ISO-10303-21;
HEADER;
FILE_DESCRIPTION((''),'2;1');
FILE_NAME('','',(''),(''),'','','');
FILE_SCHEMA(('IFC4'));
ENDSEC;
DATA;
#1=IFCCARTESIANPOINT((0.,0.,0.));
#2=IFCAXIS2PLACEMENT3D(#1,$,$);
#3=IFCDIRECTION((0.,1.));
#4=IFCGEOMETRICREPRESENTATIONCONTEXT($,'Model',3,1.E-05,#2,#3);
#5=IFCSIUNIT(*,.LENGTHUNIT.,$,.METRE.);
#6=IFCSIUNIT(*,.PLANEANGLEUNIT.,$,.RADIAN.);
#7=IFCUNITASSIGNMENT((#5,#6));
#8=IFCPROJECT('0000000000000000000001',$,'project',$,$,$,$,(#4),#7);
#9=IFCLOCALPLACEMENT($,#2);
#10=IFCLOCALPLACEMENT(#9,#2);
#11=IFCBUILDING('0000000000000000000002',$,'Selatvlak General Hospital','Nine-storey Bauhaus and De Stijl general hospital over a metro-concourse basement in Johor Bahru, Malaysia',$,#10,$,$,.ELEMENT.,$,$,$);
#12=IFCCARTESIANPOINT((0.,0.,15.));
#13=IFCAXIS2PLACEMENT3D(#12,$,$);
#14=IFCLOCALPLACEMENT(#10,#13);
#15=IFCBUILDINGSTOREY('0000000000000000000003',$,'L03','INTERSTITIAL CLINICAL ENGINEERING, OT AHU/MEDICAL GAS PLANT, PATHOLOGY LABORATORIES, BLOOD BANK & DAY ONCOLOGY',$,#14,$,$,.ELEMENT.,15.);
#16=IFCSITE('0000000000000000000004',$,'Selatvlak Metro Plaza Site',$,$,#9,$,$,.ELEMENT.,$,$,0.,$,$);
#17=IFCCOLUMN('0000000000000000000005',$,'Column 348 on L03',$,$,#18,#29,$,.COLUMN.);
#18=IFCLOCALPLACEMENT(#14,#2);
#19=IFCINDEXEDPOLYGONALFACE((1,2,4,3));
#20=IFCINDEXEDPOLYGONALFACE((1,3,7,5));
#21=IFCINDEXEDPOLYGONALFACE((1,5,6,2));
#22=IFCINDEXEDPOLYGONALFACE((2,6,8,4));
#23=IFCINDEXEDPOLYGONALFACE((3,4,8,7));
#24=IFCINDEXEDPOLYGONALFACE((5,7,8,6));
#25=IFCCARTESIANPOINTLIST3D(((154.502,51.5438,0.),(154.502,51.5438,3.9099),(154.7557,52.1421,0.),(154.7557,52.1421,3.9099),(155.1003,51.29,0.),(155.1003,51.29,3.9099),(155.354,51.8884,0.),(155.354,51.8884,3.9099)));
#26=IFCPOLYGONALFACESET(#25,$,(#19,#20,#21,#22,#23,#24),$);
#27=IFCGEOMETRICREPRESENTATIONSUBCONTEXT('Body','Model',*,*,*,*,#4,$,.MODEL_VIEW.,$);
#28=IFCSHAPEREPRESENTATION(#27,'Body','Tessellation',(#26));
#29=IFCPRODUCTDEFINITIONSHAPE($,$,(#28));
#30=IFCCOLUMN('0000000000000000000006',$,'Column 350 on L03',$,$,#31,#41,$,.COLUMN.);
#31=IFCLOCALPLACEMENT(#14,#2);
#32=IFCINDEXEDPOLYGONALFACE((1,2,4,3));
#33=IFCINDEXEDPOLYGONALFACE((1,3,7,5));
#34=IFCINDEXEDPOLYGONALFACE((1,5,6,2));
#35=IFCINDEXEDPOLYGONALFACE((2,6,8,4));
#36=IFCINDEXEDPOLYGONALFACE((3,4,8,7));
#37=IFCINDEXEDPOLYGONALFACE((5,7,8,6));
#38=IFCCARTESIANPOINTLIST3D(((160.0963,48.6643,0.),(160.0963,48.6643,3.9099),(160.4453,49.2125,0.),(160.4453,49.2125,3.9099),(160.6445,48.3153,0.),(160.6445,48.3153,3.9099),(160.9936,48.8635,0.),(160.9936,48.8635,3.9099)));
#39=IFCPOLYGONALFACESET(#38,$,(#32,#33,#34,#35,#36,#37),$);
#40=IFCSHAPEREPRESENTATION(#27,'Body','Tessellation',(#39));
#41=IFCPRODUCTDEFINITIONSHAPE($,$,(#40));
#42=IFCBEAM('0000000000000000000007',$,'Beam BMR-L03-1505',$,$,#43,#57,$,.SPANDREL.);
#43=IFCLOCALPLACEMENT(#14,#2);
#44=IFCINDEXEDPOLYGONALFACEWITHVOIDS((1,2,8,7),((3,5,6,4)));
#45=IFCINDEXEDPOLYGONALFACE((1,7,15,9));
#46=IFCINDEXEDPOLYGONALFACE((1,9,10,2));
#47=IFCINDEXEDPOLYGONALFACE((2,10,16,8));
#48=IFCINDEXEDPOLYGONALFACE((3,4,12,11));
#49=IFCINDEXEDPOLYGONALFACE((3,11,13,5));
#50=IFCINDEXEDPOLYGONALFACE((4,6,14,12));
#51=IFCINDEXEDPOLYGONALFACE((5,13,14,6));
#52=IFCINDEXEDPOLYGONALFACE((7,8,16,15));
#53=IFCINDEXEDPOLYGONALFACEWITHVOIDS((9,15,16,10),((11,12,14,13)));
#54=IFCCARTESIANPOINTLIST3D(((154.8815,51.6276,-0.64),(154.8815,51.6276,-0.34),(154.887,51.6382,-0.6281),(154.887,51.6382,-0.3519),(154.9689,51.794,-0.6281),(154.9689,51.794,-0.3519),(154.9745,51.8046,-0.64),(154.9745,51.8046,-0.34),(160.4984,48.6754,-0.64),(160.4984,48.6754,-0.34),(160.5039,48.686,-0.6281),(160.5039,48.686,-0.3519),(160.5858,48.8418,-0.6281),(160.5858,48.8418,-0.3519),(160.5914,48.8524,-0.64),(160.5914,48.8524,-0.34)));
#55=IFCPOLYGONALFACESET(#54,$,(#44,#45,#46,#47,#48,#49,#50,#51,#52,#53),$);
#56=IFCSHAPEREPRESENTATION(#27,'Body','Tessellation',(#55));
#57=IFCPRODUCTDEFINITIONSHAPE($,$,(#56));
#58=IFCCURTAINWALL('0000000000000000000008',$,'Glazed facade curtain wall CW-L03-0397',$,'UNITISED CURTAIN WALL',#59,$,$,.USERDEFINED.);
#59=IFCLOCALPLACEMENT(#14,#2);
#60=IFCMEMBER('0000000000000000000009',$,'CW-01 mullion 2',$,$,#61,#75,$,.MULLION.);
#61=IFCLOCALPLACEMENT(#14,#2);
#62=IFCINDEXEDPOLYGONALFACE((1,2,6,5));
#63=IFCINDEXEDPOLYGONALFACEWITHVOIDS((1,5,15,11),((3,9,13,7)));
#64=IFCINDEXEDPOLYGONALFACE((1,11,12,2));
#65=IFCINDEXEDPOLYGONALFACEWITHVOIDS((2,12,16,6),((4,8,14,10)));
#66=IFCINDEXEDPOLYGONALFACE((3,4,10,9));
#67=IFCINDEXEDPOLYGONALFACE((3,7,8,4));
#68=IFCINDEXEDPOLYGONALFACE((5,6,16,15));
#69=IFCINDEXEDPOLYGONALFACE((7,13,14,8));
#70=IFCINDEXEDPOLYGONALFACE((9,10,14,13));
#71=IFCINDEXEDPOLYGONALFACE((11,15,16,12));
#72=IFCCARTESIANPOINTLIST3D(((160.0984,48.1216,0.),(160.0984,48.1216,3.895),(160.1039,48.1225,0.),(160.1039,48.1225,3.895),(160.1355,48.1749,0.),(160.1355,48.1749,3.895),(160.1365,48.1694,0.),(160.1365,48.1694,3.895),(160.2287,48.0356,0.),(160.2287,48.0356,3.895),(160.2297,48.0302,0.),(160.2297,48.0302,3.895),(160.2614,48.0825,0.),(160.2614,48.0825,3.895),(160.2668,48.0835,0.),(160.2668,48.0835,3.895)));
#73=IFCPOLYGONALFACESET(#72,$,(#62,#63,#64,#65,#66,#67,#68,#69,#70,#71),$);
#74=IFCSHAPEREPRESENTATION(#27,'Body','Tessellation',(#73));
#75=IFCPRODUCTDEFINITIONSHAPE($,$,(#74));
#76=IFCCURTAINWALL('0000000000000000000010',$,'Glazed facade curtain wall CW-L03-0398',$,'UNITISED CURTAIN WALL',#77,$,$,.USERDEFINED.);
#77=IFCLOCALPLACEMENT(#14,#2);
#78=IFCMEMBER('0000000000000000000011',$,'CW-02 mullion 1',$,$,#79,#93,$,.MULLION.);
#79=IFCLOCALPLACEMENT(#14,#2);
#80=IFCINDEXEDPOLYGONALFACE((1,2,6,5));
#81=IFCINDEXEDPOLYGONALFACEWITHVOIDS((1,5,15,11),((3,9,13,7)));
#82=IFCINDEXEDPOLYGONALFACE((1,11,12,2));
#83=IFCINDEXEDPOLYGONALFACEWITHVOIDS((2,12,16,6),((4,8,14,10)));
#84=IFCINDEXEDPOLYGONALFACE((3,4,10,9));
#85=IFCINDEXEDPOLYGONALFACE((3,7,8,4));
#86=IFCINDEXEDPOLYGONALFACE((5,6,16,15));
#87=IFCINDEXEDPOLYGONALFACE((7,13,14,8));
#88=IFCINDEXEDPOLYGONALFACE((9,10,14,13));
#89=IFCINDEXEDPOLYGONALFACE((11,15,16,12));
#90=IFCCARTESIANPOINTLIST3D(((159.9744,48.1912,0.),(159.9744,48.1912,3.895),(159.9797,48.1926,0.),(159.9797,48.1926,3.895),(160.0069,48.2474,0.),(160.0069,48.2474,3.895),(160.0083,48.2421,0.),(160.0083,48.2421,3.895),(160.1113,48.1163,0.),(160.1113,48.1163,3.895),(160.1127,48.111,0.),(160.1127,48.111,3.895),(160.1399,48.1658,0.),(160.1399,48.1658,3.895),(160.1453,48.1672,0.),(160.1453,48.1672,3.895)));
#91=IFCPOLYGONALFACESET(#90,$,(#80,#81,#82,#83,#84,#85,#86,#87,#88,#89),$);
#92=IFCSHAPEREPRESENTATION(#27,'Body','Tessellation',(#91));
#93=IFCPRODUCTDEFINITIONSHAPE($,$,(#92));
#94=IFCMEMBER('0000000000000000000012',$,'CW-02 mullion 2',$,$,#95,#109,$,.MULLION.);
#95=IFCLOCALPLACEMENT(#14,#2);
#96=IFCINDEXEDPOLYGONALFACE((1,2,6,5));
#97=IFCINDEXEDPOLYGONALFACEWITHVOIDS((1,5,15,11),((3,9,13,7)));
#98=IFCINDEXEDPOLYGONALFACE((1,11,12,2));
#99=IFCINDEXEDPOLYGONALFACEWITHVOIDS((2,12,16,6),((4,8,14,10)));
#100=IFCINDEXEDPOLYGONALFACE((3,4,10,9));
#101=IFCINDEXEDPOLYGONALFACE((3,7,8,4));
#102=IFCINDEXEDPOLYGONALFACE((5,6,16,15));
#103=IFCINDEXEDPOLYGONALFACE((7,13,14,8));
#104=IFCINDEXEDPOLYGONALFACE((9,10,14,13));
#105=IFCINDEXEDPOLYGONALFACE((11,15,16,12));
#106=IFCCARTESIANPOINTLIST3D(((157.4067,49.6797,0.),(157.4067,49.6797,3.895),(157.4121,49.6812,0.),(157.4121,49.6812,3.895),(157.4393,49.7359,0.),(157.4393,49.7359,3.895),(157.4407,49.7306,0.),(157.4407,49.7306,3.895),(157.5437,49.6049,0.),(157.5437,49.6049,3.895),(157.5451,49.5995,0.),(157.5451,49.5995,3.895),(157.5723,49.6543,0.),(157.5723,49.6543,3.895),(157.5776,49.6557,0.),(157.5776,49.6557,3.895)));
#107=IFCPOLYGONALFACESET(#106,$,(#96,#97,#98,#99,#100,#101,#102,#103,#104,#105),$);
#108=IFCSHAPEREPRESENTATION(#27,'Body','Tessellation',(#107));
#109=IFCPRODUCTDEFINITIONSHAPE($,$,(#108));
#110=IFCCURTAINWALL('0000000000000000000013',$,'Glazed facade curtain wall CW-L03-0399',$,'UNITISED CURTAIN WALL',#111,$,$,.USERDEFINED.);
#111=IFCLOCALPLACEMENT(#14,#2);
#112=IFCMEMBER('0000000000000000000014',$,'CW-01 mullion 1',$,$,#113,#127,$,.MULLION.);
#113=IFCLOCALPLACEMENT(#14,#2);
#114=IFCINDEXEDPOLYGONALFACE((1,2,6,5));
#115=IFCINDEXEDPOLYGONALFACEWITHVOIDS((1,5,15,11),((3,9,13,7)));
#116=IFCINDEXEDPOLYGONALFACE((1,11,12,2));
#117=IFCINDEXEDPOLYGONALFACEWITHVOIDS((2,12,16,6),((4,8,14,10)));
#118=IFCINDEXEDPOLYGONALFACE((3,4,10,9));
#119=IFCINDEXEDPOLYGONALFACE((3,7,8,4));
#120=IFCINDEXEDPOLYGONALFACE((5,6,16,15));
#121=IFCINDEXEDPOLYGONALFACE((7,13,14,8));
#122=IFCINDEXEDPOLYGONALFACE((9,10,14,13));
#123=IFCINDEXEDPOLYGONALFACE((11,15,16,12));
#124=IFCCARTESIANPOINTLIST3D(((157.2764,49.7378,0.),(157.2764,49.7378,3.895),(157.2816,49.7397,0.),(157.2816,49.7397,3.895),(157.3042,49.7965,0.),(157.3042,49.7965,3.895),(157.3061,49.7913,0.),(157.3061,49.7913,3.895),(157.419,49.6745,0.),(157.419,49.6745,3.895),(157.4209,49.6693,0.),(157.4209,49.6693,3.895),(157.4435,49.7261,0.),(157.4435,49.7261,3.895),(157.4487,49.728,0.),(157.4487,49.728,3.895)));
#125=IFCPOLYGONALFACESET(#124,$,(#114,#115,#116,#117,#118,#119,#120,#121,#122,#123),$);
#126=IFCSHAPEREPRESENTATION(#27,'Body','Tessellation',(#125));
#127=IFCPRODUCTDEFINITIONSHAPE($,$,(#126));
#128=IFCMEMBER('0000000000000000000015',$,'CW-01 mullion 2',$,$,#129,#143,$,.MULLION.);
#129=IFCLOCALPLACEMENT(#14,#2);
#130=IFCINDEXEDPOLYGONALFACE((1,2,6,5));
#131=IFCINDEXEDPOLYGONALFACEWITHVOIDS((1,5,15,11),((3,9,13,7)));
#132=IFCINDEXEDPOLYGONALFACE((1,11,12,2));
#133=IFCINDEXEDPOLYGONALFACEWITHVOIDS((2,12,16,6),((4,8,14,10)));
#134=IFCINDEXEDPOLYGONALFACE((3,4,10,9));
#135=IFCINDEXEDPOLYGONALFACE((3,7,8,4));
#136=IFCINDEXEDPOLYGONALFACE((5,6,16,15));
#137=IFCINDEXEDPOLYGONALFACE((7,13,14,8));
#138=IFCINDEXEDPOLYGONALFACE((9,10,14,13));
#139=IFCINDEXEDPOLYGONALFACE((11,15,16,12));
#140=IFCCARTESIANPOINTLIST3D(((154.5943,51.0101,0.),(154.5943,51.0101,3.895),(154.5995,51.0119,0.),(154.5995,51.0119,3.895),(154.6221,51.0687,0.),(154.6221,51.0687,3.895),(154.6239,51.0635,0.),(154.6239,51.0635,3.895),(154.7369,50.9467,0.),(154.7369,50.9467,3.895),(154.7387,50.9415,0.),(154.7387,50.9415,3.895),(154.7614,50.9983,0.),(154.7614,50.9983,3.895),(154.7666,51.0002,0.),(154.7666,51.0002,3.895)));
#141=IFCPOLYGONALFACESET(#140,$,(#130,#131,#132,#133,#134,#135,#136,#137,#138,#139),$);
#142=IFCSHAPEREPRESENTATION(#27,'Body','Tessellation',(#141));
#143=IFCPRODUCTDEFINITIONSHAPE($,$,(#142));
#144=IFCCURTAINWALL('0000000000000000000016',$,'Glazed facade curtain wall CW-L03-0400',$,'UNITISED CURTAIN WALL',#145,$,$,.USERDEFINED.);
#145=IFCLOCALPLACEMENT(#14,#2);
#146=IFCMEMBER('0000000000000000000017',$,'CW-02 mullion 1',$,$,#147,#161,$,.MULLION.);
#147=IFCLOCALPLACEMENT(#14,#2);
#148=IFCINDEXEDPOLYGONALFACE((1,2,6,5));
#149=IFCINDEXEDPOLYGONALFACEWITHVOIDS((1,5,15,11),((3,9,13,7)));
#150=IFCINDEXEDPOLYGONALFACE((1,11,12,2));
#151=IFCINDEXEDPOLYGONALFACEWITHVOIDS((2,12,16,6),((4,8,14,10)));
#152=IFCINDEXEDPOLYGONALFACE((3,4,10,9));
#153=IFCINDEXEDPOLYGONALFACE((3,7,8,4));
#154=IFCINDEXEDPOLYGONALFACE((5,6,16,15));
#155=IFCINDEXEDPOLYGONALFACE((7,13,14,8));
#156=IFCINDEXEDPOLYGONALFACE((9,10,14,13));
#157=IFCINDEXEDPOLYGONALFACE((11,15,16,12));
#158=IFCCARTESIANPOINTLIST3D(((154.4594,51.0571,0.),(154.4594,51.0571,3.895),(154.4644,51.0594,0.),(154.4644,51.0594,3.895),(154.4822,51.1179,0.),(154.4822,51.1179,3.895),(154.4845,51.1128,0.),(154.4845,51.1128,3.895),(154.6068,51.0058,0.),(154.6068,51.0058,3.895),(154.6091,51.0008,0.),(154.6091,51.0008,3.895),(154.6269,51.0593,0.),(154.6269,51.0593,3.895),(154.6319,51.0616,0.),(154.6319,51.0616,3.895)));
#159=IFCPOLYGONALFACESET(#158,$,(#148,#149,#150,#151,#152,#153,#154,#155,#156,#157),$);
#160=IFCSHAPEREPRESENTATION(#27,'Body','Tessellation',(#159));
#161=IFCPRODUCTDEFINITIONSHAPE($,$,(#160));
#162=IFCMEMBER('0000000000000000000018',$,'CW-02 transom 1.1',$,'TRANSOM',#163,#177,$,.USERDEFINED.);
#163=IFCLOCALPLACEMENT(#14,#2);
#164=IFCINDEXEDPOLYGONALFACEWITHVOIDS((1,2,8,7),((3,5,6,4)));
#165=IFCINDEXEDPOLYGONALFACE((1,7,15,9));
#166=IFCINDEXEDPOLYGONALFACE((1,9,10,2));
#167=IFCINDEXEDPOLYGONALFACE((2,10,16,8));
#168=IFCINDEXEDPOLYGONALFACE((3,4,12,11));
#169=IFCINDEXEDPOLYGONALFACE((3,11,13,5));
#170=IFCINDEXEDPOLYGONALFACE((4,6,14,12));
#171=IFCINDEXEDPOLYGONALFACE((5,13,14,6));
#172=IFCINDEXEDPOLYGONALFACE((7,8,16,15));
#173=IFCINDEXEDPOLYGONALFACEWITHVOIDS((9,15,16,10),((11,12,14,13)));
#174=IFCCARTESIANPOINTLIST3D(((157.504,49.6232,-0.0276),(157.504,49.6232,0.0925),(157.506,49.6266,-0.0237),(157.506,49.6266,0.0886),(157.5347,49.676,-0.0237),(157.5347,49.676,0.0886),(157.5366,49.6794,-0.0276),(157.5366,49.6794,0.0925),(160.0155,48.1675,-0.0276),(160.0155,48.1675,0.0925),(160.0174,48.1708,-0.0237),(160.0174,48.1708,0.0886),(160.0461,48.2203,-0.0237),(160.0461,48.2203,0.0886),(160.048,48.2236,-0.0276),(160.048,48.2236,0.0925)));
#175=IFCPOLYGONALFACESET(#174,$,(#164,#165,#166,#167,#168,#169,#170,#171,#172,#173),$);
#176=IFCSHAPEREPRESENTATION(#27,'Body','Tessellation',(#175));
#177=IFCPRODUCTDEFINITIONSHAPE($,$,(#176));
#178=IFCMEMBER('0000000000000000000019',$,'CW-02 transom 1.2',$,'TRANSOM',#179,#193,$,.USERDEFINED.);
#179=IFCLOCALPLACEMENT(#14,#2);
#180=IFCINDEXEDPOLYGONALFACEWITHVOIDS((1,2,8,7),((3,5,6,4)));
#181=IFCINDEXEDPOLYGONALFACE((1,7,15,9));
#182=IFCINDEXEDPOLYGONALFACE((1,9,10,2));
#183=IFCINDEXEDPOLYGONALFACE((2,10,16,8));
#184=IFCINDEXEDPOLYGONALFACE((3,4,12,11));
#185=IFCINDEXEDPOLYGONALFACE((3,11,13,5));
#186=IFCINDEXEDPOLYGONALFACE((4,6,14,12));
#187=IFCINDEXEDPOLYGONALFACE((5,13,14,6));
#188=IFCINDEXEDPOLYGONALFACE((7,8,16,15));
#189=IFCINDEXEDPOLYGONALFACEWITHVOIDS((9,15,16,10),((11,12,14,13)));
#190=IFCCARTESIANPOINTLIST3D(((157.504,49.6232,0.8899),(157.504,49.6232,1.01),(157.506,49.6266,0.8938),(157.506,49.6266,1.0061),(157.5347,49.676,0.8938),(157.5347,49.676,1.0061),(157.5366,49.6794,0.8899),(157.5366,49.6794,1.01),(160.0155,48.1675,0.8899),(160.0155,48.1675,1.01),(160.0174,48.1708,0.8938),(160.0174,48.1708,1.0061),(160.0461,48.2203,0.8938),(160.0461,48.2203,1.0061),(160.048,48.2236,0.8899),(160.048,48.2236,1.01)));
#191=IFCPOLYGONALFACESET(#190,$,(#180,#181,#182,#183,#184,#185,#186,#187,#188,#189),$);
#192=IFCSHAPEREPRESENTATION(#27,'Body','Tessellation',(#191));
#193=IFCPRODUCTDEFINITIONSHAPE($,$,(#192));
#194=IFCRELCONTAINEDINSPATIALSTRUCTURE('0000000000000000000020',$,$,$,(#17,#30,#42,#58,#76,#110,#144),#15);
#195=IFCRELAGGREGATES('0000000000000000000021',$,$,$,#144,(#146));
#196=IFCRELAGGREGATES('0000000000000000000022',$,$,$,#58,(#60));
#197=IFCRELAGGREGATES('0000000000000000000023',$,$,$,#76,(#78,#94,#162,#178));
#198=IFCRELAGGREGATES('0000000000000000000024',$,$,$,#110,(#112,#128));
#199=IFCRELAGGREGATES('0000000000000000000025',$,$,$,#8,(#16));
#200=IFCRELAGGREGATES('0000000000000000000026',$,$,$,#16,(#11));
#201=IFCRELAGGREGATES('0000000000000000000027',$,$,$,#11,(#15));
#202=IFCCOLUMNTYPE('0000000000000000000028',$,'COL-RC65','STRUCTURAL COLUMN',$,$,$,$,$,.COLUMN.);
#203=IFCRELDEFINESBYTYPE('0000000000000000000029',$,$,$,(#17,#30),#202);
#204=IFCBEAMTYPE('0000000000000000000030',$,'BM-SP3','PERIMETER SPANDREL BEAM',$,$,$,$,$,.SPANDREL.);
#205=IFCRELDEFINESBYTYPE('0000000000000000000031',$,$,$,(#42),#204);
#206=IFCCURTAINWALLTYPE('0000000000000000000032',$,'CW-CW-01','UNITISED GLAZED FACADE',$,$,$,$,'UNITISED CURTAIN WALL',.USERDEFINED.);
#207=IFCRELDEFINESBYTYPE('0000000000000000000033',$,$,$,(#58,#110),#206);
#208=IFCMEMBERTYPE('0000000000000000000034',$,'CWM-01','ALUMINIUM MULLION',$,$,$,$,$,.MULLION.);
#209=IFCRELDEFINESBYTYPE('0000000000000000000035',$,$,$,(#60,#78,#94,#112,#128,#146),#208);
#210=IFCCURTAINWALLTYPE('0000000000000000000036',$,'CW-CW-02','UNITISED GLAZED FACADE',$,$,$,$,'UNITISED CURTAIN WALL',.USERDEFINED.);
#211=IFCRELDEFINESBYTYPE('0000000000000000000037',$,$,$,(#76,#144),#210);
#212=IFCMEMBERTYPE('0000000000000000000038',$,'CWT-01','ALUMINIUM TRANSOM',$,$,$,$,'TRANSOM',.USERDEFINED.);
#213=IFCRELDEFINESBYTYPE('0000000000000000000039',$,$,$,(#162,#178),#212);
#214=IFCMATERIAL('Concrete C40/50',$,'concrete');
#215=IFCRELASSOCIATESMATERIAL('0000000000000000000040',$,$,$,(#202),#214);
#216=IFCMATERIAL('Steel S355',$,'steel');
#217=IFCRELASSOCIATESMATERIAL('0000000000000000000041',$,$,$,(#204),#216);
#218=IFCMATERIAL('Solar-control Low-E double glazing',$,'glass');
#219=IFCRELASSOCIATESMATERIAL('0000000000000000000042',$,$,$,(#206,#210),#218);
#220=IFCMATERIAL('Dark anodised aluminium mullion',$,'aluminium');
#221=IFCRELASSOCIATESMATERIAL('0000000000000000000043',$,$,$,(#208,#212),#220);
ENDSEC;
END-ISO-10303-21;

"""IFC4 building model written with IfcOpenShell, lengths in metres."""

from ifc_helpers import new_model, si_unit, direction, frame, origin, origin_2d, place, context, subcontext, project, spatial, rectangle, hollow_rectangle, extrude, material, material_profile, profile_set, type_object, element, aggregate, save


model = new_model("IFC4")

# Units and contexts
model_context = context("Model", 3, precision=1e-05, world=origin(), true_north=direction((0.0, 1.0)))
body_context = subcontext(model_context, "Body", "Model", "MODEL_VIEW")
ifc_project = project(units=[si_unit("LENGTHUNIT", "METRE"), si_unit("PLANEANGLEUNIT", "RADIAN")], contexts=[model_context])

# Site, building, storey
site_placement = place(None, origin())
site = spatial("IfcSite", under=ifc_project, at=site_placement, Name="Selatvlak Metro Plaza Site", CompositionType="ELEMENT", RefElevation=0.0)
building_placement = place(site_placement, origin())
building = spatial("IfcBuilding", under=site, at=building_placement, Name="Selatvlak General Hospital", Description="Nine-storey Bauhaus and De Stijl general hospital over a metro-concourse basement in Johor Bahru, Malaysia", CompositionType="ELEMENT")
storey_placement = place(building_placement, frame((0.0, 0.0, 15.0)))
storey = spatial("IfcBuildingStorey", under=building, at=storey_placement, Name="L03", Description="INTERSTITIAL CLINICAL ENGINEERING, OT AHU/MEDICAL GAS PLANT, PATHOLOGY LABORATORIES, BLOOD BANK & DAY ONCOLOGY", CompositionType="ELEMENT", Elevation=15.0)

# Columns
ifc_material_1 = material(Name="Concrete C40/50", Category="concrete")
ifc_material_profile_1 = material_profile(ifc_material_1, rectangle(XDim=0.6499, YDim=0.6499, at=origin_2d()), Name="RC-COL 650x650")
ifc_profile_set_1 = profile_set([ifc_material_profile_1], Name="Concrete C40/50")
column_type = type_object("IfcColumnType", Name="COL-RC65", Description="STRUCTURAL COLUMN", PredefinedType="COLUMN", material=ifc_profile_set_1)
for number, where, z_axis, x_axis, name in (
    (1, (154.928, 51.7161, 0.0), (0.0, 0.0, 1.0), (0.390394, 0.920648, 0.0), "Column 348 on L03"),
    (2, (160.5449, 48.7639, 0.0), (0.0, 0.0, 1.0), (0.537064, 0.843541, 0.0), "Column 350 on L03"),
):
    element("IfcColumn", number, at=place(storey_placement, frame(where, z_axis=z_axis, x_axis=x_axis)), inside=storey, type_object=column_type, Name=name, PredefinedType="COLUMN", context=body_context, shape_type="SweptSolid", body=[
        extrude(rectangle(XDim=0.6499, YDim=0.6499, at=origin_2d()), origin(), (0.0, 0.0, 1.0), 3.9099),
    ])

# Beam
ifc_material_2 = material(Name="Steel S355", Category="steel")
ifc_material_profile_2 = material_profile(ifc_material_2, hollow_rectangle(XDim=0.2, YDim=0.3, WallThickness=0.012, at=origin_2d()), Name="RHS 300x200x12")
ifc_profile_set_2 = profile_set([ifc_material_profile_2], Name="Steel S355")
beam_type = type_object("IfcBeamType", Name="BM-SP3", Description="PERIMETER SPANDREL BEAM", PredefinedType="SPANDREL", material=ifc_profile_set_2)
beam_placement = place(storey_placement, frame((154.928, 51.7161, -0.49), z_axis=(0.885187, -0.465236, 0.0), x_axis=(0.465236, 0.885187, 0.0)))
element("IfcBeam", 3, at=beam_placement, inside=storey, type_object=beam_type, Name="Beam BMR-L03-1505", PredefinedType="SPANDREL", context=body_context, shape_type="SweptSolid", body=[
    extrude(hollow_rectangle(XDim=0.2, YDim=0.3, WallThickness=0.012, at=origin_2d()), origin(), (0.0, 0.0, 1.0), 6.3455),
])

# Curtain wall, member
ifc_material_3 = material(Name="Solar-control Low-E double glazing", Category="glass")
curtain_wall_type_1 = type_object("IfcCurtainWallType", Name="CW-CW-01", Description="UNITISED GLAZED FACADE", ElementType="UNITISED CURTAIN WALL", PredefinedType="USERDEFINED", material=ifc_material_3)
curtain_wall_1_placement = place(storey_placement, origin())
curtain_wall_1 = element("IfcCurtainWall", 4, at=curtain_wall_1_placement, inside=storey, type_object=curtain_wall_type_1, Name="Glazed facade curtain wall CW-L03-0397", ObjectType="UNITISED CURTAIN WALL", PredefinedType="USERDEFINED")
ifc_material_4 = material(Name="Dark anodised aluminium mullion", Category="aluminium")
ifc_material_profile_3 = material_profile(ifc_material_4, hollow_rectangle(XDim=0.0649, YDim=0.1599, WallThickness=0.0039, at=origin_2d()), Name="AL-MUL 65x160x4")
ifc_profile_set_3 = profile_set([ifc_material_profile_3], Name="Dark anodised aluminium mullion")
member_type_1 = type_object("IfcMemberType", Name="CWM-01", Description="ALUMINIUM MULLION", PredefinedType="MULLION", material=ifc_profile_set_3)
member_1_placement = place(storey_placement, frame((160.1826, 48.1025, 0.0), z_axis=(0.0, 0.0, 1.0), x_axis=(-0.571335, -0.820717, 0.0)))
member_1 = element("IfcMember", 5, at=member_1_placement, type_object=member_type_1, Name="CW-01 mullion 2", PredefinedType="MULLION", context=body_context, shape_type="SweptSolid", body=[
    extrude(hollow_rectangle(XDim=0.0649, YDim=0.1599, WallThickness=0.0039, at=origin_2d()), origin(), (0.0, 0.0, 1.0), 3.895),
])

# Curtain walls, members
curtain_wall_type_2 = type_object("IfcCurtainWallType", Name="CW-CW-02", Description="UNITISED GLAZED FACADE", ElementType="UNITISED CURTAIN WALL", PredefinedType="USERDEFINED", material=ifc_material_3)
curtain_wall_2_placement = place(storey_placement, origin())
curtain_wall_2 = element("IfcCurtainWall", 6, at=curtain_wall_2_placement, inside=storey, type_object=curtain_wall_type_2, Name="Glazed facade curtain wall CW-L03-0398", ObjectType="UNITISED CURTAIN WALL", PredefinedType="USERDEFINED")
member_2_placement = place(storey_placement, frame((160.0598, 48.1792, 0.0), z_axis=(0.0, 0.0, 1.0), x_axis=(-0.501491, -0.865163, 0.0)))
member_2 = element("IfcMember", 7, at=member_2_placement, type_object=member_type_1, Name="CW-02 mullion 1", PredefinedType="MULLION", context=body_context, shape_type="SweptSolid", body=[
    extrude(hollow_rectangle(XDim=0.0649, YDim=0.1599, WallThickness=0.0039, at=origin_2d()), origin(), (0.0, 0.0, 1.0), 3.895),
])
member_3_placement = place(storey_placement, frame((157.4922, 49.6677, 0.0), z_axis=(0.0, 0.0, 1.0), x_axis=(-0.501491, -0.865163, 0.0)))
member_3 = element("IfcMember", 8, at=member_3_placement, type_object=member_type_1, Name="CW-02 mullion 2", PredefinedType="MULLION", context=body_context, shape_type="SweptSolid", body=[
    extrude(hollow_rectangle(XDim=0.0649, YDim=0.1599, WallThickness=0.0039, at=origin_2d()), origin(), (0.0, 0.0, 1.0), 3.895),
])
curtain_wall_3_placement = place(storey_placement, origin())
curtain_wall_3 = element("IfcCurtainWall", 9, at=curtain_wall_3_placement, inside=storey, type_object=curtain_wall_type_1, Name="Glazed facade curtain wall CW-L03-0399", ObjectType="UNITISED CURTAIN WALL", PredefinedType="USERDEFINED")
member_4_placement = place(storey_placement, frame((157.3625, 49.7329, 0.0), z_axis=(0.0, 0.0, 1.0), x_axis=(-0.428526, -0.90353, 0.0)))
member_4 = element("IfcMember", 10, at=member_4_placement, type_object=member_type_1, Name="CW-01 mullion 1", PredefinedType="MULLION", context=body_context, shape_type="SweptSolid", body=[
    extrude(hollow_rectangle(XDim=0.0649, YDim=0.1599, WallThickness=0.0039, at=origin_2d()), origin(), (0.0, 0.0, 1.0), 3.895),
])
member_5_placement = place(storey_placement, frame((154.6804, 51.0051, 0.0), z_axis=(0.0, 0.0, 1.0), x_axis=(-0.428526, -0.90353, 0.0)))
member_5 = element("IfcMember", 11, at=member_5_placement, type_object=member_type_1, Name="CW-01 mullion 2", PredefinedType="MULLION", context=body_context, shape_type="SweptSolid", body=[
    extrude(hollow_rectangle(XDim=0.0649, YDim=0.1599, WallThickness=0.0039, at=origin_2d()), origin(), (0.0, 0.0, 1.0), 3.895),
])

# Curtain wall, member
curtain_wall_4_placement = place(storey_placement, origin())
curtain_wall_4 = element("IfcCurtainWall", 12, at=curtain_wall_4_placement, inside=storey, type_object=curtain_wall_type_2, Name="Glazed facade curtain wall CW-L03-0400", ObjectType="UNITISED CURTAIN WALL", PredefinedType="USERDEFINED")
member_6_placement = place(storey_placement, frame((154.5457, 51.0593, 0.0), z_axis=(0.0, 0.0, 1.0), x_axis=(-0.352027, -0.93599, 0.0)))
member_6 = element("IfcMember", 13, at=member_6_placement, type_object=member_type_1, Name="CW-02 mullion 1", PredefinedType="MULLION", context=body_context, shape_type="SweptSolid", body=[
    extrude(hollow_rectangle(XDim=0.0649, YDim=0.1599, WallThickness=0.0039, at=origin_2d()), origin(), (0.0, 0.0, 1.0), 3.895),
])

# Members
ifc_material_profile_4 = material_profile(ifc_material_4, hollow_rectangle(XDim=0.0649, YDim=0.1201, WallThickness=0.0039, at=origin_2d()), Name="AL-TRN 65x120x4")
ifc_profile_set_4 = profile_set([ifc_material_profile_4], Name="Dark anodised aluminium mullion")
member_type_2 = type_object("IfcMemberType", Name="CWT-01", Description="ALUMINIUM TRANSOM", ElementType="TRANSOM", PredefinedType="USERDEFINED", material=ifc_profile_set_4)
member_7_placement = place(storey_placement, frame((160.0317, 48.1956, 0.0325), z_axis=(-0.865157, 0.5015, 0.0), x_axis=(-0.5015, -0.865157, 0.0)))
member_7 = element("IfcMember", 14, at=member_7_placement, type_object=member_type_2, Name="CW-02 transom 1.1", ObjectType="TRANSOM", PredefinedType="USERDEFINED", context=body_context, shape_type="SweptSolid", body=[
    extrude(hollow_rectangle(XDim=0.0649, YDim=0.1201, WallThickness=0.0039, at=origin_2d()), origin(), (0.0, 0.0, 1.0), 2.9028),
])
member_8_placement = place(storey_placement, frame((160.0317, 48.1956, 0.95), z_axis=(-0.865157, 0.5015, 0.0), x_axis=(-0.5015, -0.865157, 0.0)))
member_8 = element("IfcMember", 15, at=member_8_placement, type_object=member_type_2, Name="CW-02 transom 1.2", ObjectType="TRANSOM", PredefinedType="USERDEFINED", context=body_context, shape_type="SweptSolid", body=[
    extrude(hollow_rectangle(XDim=0.0649, YDim=0.1201, WallThickness=0.0039, at=origin_2d()), origin(), (0.0, 0.0, 1.0), 2.9028),
])
aggregate(curtain_wall_4, [member_6])

aggregate(curtain_wall_1, [member_1])
aggregate(curtain_wall_2, [member_2, member_3, member_7, member_8])
aggregate(curtain_wall_3, [member_4, member_5])

save(model, "model.ifc")
